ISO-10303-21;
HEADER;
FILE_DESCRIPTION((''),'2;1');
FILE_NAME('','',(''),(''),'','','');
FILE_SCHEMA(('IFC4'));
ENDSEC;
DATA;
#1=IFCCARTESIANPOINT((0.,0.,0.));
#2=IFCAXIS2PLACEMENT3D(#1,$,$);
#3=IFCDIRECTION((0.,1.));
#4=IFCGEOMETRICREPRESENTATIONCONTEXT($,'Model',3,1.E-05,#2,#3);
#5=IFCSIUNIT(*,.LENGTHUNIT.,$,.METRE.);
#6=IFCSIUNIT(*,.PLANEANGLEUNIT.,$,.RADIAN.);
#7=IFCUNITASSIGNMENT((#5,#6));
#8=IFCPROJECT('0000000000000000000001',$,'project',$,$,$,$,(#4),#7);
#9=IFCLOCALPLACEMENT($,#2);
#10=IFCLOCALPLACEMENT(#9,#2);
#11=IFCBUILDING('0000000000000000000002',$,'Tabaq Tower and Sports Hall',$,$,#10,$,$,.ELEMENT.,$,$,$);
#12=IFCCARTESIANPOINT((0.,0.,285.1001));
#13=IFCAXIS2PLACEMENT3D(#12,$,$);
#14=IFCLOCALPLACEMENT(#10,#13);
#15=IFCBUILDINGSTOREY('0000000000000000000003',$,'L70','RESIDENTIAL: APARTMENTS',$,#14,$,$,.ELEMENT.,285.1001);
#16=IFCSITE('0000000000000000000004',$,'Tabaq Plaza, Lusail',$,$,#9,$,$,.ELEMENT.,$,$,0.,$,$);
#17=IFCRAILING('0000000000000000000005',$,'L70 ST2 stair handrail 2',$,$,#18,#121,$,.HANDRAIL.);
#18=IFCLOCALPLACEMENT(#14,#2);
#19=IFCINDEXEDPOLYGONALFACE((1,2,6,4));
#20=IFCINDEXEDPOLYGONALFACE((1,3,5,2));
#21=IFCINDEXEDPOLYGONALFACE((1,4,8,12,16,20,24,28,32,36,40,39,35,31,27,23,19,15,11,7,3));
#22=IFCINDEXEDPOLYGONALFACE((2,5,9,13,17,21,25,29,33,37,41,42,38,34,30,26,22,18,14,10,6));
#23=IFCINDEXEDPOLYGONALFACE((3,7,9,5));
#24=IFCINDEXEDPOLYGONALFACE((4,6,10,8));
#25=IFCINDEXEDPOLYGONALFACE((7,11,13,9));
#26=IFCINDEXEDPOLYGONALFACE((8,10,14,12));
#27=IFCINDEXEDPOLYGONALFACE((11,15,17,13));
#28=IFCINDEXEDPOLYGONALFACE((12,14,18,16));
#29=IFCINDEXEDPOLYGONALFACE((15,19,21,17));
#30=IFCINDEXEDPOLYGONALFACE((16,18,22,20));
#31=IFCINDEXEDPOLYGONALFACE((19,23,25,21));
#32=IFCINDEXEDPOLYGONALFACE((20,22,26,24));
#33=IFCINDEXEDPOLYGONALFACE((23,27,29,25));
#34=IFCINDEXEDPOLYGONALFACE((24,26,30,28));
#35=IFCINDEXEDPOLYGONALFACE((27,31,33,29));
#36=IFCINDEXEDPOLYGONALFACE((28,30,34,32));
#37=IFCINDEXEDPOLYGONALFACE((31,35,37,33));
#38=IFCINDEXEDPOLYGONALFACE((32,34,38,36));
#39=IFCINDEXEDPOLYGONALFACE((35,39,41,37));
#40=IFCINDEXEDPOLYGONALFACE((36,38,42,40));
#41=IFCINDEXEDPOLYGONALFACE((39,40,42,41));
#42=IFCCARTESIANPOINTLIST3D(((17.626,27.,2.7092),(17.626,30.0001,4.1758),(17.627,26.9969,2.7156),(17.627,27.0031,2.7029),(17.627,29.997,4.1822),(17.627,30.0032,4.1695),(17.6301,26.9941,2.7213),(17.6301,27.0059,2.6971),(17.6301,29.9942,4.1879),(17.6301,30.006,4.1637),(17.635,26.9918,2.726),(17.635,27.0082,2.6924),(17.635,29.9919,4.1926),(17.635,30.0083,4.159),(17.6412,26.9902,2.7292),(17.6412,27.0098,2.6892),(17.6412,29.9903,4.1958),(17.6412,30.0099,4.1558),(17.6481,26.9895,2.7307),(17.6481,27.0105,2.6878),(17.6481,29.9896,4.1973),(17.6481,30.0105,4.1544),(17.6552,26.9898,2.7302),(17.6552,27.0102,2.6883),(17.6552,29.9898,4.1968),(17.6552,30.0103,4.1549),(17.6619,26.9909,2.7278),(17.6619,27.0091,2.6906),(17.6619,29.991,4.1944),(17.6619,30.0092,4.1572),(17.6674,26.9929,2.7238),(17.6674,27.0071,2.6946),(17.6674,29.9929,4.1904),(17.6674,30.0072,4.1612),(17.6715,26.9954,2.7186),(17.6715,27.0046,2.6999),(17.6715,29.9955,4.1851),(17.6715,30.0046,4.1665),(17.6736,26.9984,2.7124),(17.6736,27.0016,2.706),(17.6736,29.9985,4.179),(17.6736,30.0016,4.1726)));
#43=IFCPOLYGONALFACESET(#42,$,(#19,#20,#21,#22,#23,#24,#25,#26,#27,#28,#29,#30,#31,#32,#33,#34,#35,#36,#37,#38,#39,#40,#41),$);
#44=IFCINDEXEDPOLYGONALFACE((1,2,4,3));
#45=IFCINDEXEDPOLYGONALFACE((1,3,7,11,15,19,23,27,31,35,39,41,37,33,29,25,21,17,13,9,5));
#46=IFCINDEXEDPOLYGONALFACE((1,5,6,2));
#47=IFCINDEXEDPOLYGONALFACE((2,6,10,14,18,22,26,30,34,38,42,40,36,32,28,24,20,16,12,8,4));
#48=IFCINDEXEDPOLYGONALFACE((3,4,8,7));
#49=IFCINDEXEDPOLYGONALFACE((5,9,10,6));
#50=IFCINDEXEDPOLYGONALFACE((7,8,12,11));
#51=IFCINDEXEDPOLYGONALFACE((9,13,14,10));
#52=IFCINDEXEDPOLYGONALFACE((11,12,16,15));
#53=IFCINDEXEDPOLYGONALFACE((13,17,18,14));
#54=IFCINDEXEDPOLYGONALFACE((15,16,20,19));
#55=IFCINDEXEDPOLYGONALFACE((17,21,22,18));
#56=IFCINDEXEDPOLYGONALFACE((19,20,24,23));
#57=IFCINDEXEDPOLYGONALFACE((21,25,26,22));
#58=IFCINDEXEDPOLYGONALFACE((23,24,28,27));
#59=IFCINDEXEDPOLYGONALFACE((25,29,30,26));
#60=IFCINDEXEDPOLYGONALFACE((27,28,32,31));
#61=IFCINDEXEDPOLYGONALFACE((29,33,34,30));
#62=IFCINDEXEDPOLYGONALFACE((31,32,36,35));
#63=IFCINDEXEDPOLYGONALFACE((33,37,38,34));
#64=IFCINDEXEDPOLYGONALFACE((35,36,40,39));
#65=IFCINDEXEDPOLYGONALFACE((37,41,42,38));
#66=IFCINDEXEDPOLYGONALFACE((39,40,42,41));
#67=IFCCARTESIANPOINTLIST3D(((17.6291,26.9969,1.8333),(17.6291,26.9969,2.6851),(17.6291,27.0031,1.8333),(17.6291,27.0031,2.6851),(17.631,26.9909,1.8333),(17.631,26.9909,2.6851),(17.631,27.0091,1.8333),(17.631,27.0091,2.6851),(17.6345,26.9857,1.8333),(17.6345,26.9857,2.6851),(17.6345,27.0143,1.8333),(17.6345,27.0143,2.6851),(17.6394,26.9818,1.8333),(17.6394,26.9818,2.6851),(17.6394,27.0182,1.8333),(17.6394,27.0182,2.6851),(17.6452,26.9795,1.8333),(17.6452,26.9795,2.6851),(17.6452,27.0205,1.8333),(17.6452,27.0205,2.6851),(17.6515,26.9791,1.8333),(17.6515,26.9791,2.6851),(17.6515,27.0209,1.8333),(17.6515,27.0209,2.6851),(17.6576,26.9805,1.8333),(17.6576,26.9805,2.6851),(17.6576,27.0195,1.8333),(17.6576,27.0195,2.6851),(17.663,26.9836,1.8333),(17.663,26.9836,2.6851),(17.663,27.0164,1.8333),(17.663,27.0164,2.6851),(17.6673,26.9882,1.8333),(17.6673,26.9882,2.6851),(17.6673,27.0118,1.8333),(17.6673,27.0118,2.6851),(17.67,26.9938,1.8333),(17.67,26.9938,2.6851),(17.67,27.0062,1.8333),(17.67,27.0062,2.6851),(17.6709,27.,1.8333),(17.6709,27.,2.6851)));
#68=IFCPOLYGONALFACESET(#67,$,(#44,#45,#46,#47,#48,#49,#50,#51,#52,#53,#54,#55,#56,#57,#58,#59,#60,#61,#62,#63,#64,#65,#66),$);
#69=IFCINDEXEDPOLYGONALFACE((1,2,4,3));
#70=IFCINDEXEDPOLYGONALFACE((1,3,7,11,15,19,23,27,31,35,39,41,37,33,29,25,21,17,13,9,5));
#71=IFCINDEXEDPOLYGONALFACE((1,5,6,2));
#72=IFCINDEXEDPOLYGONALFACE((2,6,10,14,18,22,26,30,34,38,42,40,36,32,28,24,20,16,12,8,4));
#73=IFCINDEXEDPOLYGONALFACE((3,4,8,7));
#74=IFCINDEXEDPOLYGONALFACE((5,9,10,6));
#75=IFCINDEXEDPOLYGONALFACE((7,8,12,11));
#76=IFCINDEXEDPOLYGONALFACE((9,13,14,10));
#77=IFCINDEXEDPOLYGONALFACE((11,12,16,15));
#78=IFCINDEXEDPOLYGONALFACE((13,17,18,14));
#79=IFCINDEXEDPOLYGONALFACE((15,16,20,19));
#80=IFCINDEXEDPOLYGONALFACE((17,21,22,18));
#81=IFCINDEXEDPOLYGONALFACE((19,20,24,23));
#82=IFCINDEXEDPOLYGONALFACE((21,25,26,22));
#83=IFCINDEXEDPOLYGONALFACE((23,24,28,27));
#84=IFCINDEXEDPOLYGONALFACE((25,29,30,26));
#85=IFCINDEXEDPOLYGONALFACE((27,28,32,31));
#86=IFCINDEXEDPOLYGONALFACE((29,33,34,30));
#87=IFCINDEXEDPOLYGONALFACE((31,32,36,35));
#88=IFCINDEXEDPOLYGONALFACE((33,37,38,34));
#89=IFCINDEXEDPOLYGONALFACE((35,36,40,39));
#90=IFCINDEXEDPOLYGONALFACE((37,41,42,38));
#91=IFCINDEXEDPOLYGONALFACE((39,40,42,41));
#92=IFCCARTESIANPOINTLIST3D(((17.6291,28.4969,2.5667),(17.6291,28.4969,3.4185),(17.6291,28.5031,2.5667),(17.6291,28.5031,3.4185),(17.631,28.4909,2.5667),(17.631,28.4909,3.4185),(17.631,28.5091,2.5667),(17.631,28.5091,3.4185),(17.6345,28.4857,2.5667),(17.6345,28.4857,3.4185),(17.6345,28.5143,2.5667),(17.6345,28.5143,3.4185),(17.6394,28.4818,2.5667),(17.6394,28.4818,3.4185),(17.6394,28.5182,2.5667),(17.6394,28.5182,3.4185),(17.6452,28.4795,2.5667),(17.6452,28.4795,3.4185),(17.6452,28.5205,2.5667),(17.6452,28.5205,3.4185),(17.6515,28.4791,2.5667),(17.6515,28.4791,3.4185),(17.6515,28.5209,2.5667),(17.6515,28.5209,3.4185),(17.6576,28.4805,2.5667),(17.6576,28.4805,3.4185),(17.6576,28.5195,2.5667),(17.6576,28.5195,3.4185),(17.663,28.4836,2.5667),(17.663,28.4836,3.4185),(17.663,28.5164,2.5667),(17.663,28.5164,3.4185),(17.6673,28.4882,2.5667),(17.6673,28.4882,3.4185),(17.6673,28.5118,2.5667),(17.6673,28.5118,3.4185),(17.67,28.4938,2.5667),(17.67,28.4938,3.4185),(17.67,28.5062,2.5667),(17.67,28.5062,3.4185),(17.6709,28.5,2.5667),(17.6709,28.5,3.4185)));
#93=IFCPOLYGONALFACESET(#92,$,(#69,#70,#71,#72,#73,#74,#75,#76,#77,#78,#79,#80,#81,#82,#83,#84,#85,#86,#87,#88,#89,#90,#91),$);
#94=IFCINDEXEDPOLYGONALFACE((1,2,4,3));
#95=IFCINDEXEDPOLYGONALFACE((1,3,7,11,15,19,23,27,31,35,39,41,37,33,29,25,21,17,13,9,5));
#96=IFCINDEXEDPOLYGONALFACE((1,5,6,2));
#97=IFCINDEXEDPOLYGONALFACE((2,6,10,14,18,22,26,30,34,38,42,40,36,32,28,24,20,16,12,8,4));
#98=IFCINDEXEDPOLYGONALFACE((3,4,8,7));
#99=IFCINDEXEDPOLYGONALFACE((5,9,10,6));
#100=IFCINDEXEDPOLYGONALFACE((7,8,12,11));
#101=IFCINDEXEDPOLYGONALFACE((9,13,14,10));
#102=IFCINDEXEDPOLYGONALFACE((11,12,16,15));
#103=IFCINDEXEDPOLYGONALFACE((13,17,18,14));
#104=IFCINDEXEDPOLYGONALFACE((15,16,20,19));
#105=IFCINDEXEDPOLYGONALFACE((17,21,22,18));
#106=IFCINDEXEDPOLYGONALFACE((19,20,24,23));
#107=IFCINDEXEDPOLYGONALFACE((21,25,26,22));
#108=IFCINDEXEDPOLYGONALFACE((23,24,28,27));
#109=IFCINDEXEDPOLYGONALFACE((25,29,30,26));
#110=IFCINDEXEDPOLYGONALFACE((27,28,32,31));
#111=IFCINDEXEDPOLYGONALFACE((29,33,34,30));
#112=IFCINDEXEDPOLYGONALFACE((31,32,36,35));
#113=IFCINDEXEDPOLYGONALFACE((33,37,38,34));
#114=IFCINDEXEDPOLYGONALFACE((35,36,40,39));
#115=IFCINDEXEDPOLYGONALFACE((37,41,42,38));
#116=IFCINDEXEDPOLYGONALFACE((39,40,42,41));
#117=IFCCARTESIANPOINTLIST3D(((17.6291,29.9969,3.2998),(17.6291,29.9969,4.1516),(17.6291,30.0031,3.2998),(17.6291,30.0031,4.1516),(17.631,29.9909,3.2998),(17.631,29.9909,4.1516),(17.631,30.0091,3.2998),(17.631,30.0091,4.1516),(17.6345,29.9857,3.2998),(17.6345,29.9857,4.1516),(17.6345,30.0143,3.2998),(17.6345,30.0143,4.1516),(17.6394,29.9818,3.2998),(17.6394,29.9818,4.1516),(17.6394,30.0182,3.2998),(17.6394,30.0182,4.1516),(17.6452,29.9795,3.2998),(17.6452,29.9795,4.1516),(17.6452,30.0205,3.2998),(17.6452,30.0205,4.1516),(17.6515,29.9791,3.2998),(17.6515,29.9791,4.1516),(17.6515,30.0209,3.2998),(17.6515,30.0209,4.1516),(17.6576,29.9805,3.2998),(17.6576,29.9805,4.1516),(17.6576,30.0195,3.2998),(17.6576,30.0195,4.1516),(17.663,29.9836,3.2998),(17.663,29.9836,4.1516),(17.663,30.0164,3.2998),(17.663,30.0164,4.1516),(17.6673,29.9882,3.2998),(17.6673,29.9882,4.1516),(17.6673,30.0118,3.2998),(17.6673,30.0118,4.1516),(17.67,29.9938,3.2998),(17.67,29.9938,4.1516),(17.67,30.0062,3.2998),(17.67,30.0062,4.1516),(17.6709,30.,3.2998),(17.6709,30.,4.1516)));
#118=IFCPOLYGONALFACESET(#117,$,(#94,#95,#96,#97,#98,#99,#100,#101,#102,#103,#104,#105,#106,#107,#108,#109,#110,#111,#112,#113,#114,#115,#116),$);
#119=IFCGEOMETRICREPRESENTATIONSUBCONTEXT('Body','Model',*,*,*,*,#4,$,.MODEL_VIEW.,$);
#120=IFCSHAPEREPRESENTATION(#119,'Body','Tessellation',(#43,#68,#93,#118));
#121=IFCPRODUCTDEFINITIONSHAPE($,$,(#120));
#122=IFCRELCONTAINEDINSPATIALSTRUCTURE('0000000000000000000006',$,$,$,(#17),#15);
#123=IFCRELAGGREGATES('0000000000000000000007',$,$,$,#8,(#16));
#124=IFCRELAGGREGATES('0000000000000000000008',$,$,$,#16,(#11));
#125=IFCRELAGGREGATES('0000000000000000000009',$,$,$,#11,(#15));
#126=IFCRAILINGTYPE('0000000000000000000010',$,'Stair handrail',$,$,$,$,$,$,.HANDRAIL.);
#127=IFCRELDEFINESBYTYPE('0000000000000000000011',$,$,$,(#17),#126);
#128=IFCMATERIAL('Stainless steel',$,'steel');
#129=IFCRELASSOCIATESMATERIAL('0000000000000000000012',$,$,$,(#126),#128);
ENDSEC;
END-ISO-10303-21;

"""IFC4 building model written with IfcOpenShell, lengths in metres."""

from ifc_helpers import new_model, si_unit, direction, frame, origin, origin_2d, place, context, subcontext, project, spatial, circle, extrude, material, type_object, element, save


model = new_model("IFC4")

# Units and contexts
model_context = context("Model", 3, precision=1e-05, world=origin(), true_north=direction((0.0, 1.0)))
body_context = subcontext(model_context, "Body", "Model", "MODEL_VIEW")
ifc_project = project(units=[si_unit("LENGTHUNIT", "METRE"), si_unit("PLANEANGLEUNIT", "RADIAN")], contexts=[model_context])

# Site, building, storey
site_placement = place(None, origin())
site = spatial("IfcSite", under=ifc_project, at=site_placement, Name="Tabaq Plaza, Lusail", CompositionType="ELEMENT", RefElevation=0.0)
building_placement = place(site_placement, origin())
building = spatial("IfcBuilding", under=site, at=building_placement, Name="Tabaq Tower and Sports Hall", CompositionType="ELEMENT")
storey_placement = place(building_placement, frame((0.0, 0.0, 285.1001)))
storey = spatial("IfcBuildingStorey", under=building, at=storey_placement, Name="L70", Description="RESIDENTIAL: APARTMENTS", CompositionType="ELEMENT", Elevation=285.1001)

# Railing
ifc_material_1 = material(Name="Stainless steel", Category="steel")
railing_type_1 = type_object("IfcRailingType", Name="Stair handrail", PredefinedType="HANDRAIL", material=ifc_material_1)
railing_1_placement = place(storey_placement, frame((17.6499, 27.0, 1.8333)))
element("IfcRailing", 1, at=railing_1_placement, inside=storey, type_object=railing_type_1, Name="L70 ST2 stair handrail 2", PredefinedType="HANDRAIL", context=body_context, shape_type="SweptSolid", body=[
    extrude(circle(Radius=0.0239, at=origin_2d()), frame((0.0, 0.0, 0.876), z_axis=(0.0, 0.898398, 0.439183), x_axis=(-1.0, 0.0, 0.0)), (0.0, 0.0, 1.0), 3.3394),
    extrude(circle(Radius=0.021, at=origin_2d()), origin(), (0.0, 0.0, 1.0), 0.8518),
    extrude(circle(Radius=0.021, at=origin_2d()), frame((0.0, 1.5, 0.7334)), (0.0, 0.0, 1.0), 0.8518),
    extrude(circle(Radius=0.021, at=origin_2d()), frame((0.0, 3.0, 1.4666)), (0.0, 0.0, 1.0), 0.8518),
])

save(model, "model.ifc")
